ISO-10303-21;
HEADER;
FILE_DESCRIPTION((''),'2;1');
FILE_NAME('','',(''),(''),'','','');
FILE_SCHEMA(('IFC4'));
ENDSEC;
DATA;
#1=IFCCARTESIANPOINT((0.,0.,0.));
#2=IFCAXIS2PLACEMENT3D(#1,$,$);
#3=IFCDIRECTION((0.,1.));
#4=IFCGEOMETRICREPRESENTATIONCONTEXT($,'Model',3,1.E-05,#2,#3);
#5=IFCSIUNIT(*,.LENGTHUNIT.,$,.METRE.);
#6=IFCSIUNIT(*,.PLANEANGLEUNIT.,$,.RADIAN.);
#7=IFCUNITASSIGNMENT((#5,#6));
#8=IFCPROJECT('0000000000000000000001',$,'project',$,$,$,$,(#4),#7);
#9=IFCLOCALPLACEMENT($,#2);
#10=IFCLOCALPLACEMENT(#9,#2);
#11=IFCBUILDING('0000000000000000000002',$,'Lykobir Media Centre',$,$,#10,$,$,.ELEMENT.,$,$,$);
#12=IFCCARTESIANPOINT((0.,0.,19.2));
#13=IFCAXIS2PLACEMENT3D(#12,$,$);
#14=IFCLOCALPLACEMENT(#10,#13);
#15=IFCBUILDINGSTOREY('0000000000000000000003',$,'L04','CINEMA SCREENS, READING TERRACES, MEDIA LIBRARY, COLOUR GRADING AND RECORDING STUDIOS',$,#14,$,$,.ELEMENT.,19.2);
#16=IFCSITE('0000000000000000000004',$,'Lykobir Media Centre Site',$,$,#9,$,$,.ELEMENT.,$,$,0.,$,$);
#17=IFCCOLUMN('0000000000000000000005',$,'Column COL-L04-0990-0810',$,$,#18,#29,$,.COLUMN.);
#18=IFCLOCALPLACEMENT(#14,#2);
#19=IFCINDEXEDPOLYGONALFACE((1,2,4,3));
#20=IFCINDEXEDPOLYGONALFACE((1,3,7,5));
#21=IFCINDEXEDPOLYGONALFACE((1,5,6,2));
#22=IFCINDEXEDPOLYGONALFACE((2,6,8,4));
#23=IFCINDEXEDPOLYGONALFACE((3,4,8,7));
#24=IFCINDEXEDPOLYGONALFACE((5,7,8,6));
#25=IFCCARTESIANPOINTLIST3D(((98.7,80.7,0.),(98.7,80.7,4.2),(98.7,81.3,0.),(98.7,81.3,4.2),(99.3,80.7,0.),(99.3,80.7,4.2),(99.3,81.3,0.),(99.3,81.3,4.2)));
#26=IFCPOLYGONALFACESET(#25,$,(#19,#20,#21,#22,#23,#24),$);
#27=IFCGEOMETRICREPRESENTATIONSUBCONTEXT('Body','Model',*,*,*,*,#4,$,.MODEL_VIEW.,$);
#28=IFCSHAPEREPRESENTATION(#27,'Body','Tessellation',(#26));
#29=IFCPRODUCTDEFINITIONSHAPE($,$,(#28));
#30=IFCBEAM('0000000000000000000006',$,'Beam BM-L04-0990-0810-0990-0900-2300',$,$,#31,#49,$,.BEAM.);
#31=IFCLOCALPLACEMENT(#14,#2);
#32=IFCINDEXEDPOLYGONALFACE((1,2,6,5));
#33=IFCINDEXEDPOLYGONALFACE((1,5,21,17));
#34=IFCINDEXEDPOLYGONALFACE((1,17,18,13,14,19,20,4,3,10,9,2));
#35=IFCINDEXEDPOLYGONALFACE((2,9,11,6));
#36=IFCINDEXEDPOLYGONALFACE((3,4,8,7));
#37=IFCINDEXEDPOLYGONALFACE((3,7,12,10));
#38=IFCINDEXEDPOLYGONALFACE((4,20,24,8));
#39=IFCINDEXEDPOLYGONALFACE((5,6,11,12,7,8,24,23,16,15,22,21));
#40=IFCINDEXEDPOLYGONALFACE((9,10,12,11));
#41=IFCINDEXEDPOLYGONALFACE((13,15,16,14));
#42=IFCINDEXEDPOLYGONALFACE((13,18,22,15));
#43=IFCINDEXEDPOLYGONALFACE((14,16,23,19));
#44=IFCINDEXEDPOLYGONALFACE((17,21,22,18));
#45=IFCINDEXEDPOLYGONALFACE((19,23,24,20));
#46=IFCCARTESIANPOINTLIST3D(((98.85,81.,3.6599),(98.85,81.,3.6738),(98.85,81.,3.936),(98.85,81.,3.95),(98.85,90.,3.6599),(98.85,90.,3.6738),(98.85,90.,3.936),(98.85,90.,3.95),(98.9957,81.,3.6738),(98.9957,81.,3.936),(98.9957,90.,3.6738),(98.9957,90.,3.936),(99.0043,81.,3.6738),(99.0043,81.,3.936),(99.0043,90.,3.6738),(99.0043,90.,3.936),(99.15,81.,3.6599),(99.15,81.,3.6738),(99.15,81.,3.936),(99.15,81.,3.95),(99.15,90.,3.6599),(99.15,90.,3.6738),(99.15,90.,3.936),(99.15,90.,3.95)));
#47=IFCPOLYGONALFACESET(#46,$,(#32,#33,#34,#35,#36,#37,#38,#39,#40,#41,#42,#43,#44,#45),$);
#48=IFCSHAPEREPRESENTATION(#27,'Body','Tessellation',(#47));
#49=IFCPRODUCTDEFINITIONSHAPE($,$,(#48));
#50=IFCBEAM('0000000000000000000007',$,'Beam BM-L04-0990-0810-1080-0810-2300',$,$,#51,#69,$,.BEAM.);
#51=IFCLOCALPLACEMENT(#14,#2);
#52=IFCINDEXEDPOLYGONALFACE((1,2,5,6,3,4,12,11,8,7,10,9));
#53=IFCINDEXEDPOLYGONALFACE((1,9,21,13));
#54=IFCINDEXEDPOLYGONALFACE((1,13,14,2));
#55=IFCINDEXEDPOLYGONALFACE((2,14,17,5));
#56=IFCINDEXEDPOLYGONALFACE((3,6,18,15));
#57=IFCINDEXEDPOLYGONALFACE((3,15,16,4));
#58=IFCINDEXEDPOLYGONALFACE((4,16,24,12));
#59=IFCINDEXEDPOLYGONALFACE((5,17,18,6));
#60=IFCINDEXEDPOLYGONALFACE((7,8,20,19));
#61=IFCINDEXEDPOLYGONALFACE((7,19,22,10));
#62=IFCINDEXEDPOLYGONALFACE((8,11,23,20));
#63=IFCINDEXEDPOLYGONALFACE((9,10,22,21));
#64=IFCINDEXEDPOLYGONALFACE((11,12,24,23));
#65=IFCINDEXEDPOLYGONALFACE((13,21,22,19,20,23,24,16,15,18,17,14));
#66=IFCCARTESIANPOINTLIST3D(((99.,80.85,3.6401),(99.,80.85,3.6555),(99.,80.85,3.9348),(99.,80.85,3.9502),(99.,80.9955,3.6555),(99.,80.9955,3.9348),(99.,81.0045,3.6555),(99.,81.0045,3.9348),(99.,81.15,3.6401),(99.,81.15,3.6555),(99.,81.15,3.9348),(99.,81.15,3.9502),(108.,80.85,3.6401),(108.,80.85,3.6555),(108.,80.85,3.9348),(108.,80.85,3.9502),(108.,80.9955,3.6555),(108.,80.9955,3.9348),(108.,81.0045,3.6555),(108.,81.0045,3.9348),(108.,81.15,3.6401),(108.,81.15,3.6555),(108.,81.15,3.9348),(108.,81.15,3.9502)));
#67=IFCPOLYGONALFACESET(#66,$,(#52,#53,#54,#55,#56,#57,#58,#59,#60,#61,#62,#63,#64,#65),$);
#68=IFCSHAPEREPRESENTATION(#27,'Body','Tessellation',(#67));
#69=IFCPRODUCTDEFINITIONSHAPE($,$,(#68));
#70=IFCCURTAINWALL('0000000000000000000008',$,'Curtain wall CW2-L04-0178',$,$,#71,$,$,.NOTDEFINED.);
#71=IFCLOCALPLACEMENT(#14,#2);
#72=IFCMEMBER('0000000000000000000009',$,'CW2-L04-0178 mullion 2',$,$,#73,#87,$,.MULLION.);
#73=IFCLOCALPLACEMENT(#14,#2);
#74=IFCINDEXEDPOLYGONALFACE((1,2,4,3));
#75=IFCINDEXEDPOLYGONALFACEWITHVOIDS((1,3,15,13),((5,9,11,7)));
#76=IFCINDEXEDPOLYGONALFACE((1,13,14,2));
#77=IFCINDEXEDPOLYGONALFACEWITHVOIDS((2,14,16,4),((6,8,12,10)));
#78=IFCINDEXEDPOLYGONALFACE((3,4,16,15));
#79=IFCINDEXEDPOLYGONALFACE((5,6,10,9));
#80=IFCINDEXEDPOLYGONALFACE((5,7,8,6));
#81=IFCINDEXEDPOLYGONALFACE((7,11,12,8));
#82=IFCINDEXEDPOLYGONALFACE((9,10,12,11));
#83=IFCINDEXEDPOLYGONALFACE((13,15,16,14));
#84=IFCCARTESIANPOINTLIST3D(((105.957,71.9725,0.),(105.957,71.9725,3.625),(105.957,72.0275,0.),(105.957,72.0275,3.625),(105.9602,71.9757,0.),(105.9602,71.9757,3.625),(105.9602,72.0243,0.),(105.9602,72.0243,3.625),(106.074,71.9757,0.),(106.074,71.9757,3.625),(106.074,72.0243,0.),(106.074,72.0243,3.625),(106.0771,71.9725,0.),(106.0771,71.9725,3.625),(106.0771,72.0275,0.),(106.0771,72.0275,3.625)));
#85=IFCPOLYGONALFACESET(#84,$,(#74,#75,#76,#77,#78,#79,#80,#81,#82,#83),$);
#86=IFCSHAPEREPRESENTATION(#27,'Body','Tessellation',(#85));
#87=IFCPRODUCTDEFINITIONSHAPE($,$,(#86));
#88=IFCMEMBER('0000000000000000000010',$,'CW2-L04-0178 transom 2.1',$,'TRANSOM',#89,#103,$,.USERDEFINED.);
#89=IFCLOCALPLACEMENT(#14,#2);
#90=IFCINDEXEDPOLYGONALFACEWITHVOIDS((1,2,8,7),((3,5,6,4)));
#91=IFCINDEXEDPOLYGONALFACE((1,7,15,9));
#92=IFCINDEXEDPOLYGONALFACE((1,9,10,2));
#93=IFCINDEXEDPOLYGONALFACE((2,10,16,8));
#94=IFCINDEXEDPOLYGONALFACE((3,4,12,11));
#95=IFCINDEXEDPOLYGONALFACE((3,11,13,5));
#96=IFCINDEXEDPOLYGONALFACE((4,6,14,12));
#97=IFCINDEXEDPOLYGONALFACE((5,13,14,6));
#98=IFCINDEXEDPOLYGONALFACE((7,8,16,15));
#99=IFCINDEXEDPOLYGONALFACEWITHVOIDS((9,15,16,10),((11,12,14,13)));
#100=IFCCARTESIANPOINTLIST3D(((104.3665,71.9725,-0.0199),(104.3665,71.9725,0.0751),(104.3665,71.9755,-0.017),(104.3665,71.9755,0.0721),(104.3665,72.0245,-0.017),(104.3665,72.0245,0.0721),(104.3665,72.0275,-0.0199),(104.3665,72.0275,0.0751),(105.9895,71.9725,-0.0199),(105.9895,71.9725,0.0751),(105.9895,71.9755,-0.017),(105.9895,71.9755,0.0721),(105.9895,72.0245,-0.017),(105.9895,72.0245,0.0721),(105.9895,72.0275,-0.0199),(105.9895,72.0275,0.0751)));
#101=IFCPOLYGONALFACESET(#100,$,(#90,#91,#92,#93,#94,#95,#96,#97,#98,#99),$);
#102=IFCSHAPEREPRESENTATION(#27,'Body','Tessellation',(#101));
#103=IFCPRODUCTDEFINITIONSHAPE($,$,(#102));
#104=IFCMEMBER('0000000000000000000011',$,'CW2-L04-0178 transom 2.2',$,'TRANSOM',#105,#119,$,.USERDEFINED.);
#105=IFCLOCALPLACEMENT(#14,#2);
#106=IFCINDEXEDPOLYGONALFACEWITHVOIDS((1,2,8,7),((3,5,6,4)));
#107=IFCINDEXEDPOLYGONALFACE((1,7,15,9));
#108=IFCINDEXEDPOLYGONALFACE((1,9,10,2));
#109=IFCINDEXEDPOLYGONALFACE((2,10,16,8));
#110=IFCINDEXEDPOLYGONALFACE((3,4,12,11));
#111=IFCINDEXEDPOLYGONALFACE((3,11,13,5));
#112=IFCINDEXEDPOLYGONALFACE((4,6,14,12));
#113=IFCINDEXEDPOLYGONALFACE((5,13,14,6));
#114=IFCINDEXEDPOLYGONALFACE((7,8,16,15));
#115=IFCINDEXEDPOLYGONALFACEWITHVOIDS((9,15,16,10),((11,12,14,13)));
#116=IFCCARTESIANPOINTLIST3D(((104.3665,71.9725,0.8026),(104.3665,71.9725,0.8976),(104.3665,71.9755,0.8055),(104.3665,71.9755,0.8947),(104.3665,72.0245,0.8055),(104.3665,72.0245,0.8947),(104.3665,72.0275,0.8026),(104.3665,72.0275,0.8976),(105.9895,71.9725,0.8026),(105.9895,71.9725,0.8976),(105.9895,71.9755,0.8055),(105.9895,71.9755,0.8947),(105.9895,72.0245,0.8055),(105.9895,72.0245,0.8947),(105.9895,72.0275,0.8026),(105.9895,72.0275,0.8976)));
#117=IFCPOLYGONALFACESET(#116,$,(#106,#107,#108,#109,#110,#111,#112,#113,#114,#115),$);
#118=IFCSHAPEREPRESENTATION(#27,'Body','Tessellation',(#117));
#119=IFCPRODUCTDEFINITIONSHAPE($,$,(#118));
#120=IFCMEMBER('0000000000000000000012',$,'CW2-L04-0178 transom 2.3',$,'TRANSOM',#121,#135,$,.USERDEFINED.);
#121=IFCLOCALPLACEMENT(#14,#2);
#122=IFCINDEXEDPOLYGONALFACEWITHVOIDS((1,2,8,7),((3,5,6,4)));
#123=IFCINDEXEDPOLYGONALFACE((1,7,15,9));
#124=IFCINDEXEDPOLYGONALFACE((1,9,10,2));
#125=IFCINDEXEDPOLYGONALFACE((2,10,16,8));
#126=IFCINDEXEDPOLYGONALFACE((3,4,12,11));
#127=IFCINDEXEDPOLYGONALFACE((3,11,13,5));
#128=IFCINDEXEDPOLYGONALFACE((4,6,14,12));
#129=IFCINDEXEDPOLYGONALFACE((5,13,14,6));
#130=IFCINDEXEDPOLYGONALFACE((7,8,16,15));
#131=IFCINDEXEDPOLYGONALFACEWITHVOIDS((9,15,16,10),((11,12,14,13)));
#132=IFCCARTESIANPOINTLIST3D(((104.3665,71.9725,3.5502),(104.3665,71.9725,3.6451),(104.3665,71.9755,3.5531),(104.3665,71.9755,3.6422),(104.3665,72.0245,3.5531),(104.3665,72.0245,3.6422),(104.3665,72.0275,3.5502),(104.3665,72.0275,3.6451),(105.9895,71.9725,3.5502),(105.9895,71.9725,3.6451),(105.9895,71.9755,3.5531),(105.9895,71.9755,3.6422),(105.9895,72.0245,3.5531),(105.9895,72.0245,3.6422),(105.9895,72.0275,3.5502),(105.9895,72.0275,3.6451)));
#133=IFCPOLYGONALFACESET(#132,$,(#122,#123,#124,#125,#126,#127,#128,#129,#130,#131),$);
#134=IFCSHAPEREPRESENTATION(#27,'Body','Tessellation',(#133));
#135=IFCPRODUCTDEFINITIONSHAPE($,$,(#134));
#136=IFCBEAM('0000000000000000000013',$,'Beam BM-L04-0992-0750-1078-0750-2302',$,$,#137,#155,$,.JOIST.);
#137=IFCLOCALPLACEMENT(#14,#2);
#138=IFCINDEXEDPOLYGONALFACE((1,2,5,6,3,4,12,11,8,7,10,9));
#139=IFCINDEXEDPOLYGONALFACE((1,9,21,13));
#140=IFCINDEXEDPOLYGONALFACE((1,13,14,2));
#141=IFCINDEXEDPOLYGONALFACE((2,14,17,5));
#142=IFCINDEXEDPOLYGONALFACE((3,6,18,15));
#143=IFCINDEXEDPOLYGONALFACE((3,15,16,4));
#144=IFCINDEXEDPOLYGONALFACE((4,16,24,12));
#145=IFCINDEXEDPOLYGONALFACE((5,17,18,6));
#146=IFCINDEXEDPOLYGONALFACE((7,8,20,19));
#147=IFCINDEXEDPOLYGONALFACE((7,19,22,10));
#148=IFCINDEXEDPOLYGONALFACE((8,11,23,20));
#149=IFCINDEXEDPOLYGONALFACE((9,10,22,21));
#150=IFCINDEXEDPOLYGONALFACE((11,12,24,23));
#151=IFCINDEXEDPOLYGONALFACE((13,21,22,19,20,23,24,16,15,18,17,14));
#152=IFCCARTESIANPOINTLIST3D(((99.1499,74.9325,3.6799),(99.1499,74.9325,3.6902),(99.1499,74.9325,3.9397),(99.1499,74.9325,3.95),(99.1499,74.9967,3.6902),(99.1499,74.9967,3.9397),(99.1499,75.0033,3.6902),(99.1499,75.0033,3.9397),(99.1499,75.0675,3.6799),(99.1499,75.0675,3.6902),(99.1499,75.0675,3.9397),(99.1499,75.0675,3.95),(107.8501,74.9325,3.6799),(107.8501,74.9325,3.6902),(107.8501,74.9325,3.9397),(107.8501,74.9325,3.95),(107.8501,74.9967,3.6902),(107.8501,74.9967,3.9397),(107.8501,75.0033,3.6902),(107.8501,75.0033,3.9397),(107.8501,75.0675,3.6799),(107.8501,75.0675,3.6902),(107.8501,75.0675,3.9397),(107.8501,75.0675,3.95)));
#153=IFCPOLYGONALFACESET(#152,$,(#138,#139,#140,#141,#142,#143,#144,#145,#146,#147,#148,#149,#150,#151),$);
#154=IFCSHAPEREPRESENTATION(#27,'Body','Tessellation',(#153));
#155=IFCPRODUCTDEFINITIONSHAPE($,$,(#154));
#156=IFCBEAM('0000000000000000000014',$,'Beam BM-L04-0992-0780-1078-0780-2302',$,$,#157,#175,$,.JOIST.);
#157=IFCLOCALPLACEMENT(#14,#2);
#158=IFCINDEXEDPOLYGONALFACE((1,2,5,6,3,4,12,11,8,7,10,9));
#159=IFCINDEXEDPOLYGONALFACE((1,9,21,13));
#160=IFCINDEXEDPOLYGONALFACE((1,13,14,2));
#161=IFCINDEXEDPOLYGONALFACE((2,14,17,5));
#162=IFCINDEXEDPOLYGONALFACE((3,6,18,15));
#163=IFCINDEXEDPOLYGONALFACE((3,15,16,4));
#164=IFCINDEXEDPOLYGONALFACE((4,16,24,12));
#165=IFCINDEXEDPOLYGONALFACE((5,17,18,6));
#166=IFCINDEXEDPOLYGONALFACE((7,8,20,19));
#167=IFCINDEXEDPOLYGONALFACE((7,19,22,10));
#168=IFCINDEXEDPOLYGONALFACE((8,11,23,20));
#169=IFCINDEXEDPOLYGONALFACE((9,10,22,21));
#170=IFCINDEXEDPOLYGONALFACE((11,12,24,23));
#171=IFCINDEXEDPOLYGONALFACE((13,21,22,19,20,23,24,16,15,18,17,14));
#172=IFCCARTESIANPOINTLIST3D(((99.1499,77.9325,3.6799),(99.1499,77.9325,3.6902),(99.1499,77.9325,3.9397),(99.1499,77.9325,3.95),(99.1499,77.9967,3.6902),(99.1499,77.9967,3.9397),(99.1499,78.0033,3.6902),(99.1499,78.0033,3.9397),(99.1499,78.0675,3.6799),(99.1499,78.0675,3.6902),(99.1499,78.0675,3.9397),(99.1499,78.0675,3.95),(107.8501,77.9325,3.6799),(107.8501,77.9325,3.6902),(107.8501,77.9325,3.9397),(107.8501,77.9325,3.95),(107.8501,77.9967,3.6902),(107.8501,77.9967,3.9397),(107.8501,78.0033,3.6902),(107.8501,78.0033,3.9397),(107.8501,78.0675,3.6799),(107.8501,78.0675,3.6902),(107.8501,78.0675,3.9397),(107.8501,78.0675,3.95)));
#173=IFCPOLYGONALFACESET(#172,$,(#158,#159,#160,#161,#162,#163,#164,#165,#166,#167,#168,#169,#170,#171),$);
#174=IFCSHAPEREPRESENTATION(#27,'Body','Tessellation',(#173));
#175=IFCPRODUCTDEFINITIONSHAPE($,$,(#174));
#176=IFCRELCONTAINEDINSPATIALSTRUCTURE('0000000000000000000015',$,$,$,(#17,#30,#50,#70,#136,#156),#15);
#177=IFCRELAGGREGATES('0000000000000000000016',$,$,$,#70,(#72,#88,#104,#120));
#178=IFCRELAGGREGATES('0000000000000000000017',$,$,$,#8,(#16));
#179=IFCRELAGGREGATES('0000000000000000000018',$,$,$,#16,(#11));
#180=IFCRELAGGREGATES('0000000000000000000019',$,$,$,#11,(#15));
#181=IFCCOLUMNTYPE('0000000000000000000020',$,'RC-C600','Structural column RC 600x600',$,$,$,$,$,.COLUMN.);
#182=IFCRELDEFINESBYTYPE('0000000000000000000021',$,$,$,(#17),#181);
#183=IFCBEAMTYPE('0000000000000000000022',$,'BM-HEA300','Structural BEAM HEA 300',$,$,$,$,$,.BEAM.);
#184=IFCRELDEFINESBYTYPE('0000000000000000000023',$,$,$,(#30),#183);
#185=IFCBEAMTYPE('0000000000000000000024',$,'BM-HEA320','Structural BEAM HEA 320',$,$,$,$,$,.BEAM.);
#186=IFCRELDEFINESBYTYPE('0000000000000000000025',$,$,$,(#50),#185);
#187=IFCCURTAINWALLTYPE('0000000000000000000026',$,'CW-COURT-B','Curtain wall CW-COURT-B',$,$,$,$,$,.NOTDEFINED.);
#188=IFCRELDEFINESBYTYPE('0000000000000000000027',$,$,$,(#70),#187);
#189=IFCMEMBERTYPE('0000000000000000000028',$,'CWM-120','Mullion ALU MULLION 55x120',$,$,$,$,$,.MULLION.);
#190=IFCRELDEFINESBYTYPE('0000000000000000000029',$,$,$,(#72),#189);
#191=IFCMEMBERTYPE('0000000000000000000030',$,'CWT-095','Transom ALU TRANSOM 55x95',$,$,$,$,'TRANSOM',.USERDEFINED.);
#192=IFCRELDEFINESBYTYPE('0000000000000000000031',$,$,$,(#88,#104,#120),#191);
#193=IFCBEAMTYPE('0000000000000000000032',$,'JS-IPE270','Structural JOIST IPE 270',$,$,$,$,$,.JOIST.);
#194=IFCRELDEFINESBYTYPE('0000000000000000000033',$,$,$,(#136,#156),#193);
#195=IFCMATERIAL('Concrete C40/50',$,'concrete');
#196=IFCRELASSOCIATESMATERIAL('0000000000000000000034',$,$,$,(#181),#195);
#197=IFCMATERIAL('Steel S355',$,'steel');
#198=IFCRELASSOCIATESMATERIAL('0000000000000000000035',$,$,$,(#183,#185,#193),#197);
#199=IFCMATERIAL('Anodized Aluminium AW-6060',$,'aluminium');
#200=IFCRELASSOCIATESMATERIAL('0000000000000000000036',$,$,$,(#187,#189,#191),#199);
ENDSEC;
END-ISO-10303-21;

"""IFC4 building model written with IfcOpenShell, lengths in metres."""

from ifc_helpers import new_model, si_unit, direction, frame, origin, origin_2d, place, context, subcontext, project, spatial, rectangle, hollow_rectangle, i_section, extrude, material, material_profile, profile_set, type_object, element, aggregate, save


model = new_model("IFC4")

# Units and contexts
model_context = context("Model", 3, precision=1e-05, world=origin(), true_north=direction((0.0, 1.0)))
body_context = subcontext(model_context, "Body", "Model", "MODEL_VIEW")
ifc_project = project(units=[si_unit("LENGTHUNIT", "METRE"), si_unit("PLANEANGLEUNIT", "RADIAN")], contexts=[model_context])

# Site, building, storey
site_placement = place(None, origin())
site = spatial("IfcSite", under=ifc_project, at=site_placement, Name="Lykobir Media Centre Site", CompositionType="ELEMENT", RefElevation=0.0)
building_placement = place(site_placement, origin())
building = spatial("IfcBuilding", under=site, at=building_placement, Name="Lykobir Media Centre", CompositionType="ELEMENT")
storey_placement = place(building_placement, frame((0.0, 0.0, 19.2)))
storey = spatial("IfcBuildingStorey", under=building, at=storey_placement, Name="L04", Description="CINEMA SCREENS, READING TERRACES, MEDIA LIBRARY, COLOUR GRADING AND RECORDING STUDIOS", CompositionType="ELEMENT", Elevation=19.2)

# Column
ifc_material_1 = material(Name="Concrete C40/50", Category="concrete")
ifc_material_profile_1 = material_profile(ifc_material_1, rectangle(XDim=0.6001, YDim=0.6001, at=origin_2d()), Name="RC 600x600")
ifc_profile_set_1 = profile_set([ifc_material_profile_1], Name="Concrete C40/50")
column_type = type_object("IfcColumnType", Name="RC-C600", Description="Structural column RC 600x600", PredefinedType="COLUMN", material=ifc_profile_set_1)
column_placement = place(storey_placement, frame((99.0, 81.0, 0.0), z_axis=(0.0, 0.0, 1.0), x_axis=(1.0, 0.0, 0.0)))
element("IfcColumn", 1, at=column_placement, inside=storey, type_object=column_type, Name="Column COL-L04-0990-0810", PredefinedType="COLUMN", context=body_context, shape_type="SweptSolid", body=[
    extrude(rectangle(XDim=0.6001, YDim=0.6001, at=origin_2d()), origin(), (0.0, 0.0, 1.0), 4.2),
])

# Beams
ifc_material_2 = material(Name="Steel S355", Category="steel")
ifc_material_profile_2 = material_profile(ifc_material_2, i_section(OverallWidth=0.3, OverallDepth=0.29, WebThickness=0.0085, FlangeThickness=0.0139, at=origin_2d()), Name="HEA 300")
ifc_profile_set_2 = profile_set([ifc_material_profile_2], Name="Steel S355")
beam_type_1 = type_object("IfcBeamType", Name="BM-HEA300", Description="Structural BEAM HEA 300", PredefinedType="BEAM", material=ifc_profile_set_2)
beam_1_placement = place(storey_placement, frame((99.0, 81.0, 3.8049), z_axis=(0.0, 1.0, 0.0), x_axis=(-1.0, 0.0, 0.0)))
element("IfcBeam", 2, at=beam_1_placement, inside=storey, type_object=beam_type_1, Name="Beam BM-L04-0990-0810-0990-0900-2300", PredefinedType="BEAM", context=body_context, shape_type="SweptSolid", body=[
    extrude(i_section(OverallWidth=0.3, OverallDepth=0.29, WebThickness=0.0085, FlangeThickness=0.0139, at=origin_2d()), origin(), (0.0, 0.0, 1.0), 9.0),
])
ifc_material_profile_3 = material_profile(ifc_material_2, i_section(OverallWidth=0.3, OverallDepth=0.3101, WebThickness=0.009, FlangeThickness=0.0154, at=origin_2d()), Name="HEA 320")
ifc_profile_set_3 = profile_set([ifc_material_profile_3], Name="Steel S355")
beam_type_2 = type_object("IfcBeamType", Name="BM-HEA320", Description="Structural BEAM HEA 320", PredefinedType="BEAM", material=ifc_profile_set_3)
beam_2_placement = place(storey_placement, frame((99.0, 81.0, 3.7952), z_axis=(1.0, 0.0, 0.0), x_axis=(0.0, 1.0, 0.0)))
element("IfcBeam", 3, at=beam_2_placement, inside=storey, type_object=beam_type_2, Name="Beam BM-L04-0990-0810-1080-0810-2300", PredefinedType="BEAM", context=body_context, shape_type="SweptSolid", body=[
    extrude(i_section(OverallWidth=0.3, OverallDepth=0.3101, WebThickness=0.009, FlangeThickness=0.0154, at=origin_2d()), origin(), (0.0, 0.0, 1.0), 9.0),
])

# Curtain wall, members
ifc_material_3 = material(Name="Anodized Aluminium AW-6060", Category="aluminium")
curtain_wall_type = type_object("IfcCurtainWallType", Name="CW-COURT-B", Description="Curtain wall CW-COURT-B", PredefinedType="NOTDEFINED", material=ifc_material_3)
curtain_wall_placement = place(storey_placement, origin())
curtain_wall = element("IfcCurtainWall", 4, at=curtain_wall_placement, inside=storey, type_object=curtain_wall_type, Name="Curtain wall CW2-L04-0178", PredefinedType="NOTDEFINED")
ifc_material_profile_4 = material_profile(ifc_material_3, hollow_rectangle(XDim=0.0549, YDim=0.1201, WallThickness=0.0032, at=origin_2d()), Name="ALU MULLION 55x120")
ifc_profile_set_4 = profile_set([ifc_material_profile_4], Name="Anodized Aluminium AW-6060")
member_type_1 = type_object("IfcMemberType", Name="CWM-120", Description="Mullion ALU MULLION 55x120", PredefinedType="MULLION", material=ifc_profile_set_4)
member_1_placement = place(storey_placement, frame((106.0171, 72.0, 0.0), z_axis=(0.0, 0.0, 1.0), x_axis=(0.0, -1.0, 0.0)))
member_1 = element("IfcMember", 5, at=member_1_placement, type_object=member_type_1, Name="CW2-L04-0178 mullion 2", PredefinedType="MULLION", context=body_context, shape_type="SweptSolid", body=[
    extrude(hollow_rectangle(XDim=0.0549, YDim=0.1201, WallThickness=0.0032, at=origin_2d()), origin(), (0.0, 0.0, 1.0), 3.625),
])
ifc_material_profile_5 = material_profile(ifc_material_3, hollow_rectangle(XDim=0.0549, YDim=0.095, WallThickness=0.0029, at=origin_2d()), Name="ALU TRANSOM 55x95")
ifc_profile_set_5 = profile_set([ifc_material_profile_5], Name="Anodized Aluminium AW-6060")
member_type_2 = type_object("IfcMemberType", Name="CWT-095", Description="Transom ALU TRANSOM 55x95", ElementType="TRANSOM", PredefinedType="USERDEFINED", material=ifc_profile_set_5)
member_2_placement = place(storey_placement, frame((105.9895, 72.0, 0.0276), z_axis=(-1.0, 0.0, 0.0), x_axis=(0.0, -1.0, 0.0)))
member_2 = element("IfcMember", 6, at=member_2_placement, type_object=member_type_2, Name="CW2-L04-0178 transom 2.1", ObjectType="TRANSOM", PredefinedType="USERDEFINED", context=body_context, shape_type="SweptSolid", body=[
    extrude(hollow_rectangle(XDim=0.0549, YDim=0.095, WallThickness=0.0029, at=origin_2d()), origin(), (0.0, 0.0, 1.0), 1.623),
])
member_3_placement = place(storey_placement, frame((105.9895, 72.0, 0.8501), z_axis=(-1.0, 0.0, 0.0), x_axis=(0.0, -1.0, 0.0)))
member_3 = element("IfcMember", 7, at=member_3_placement, type_object=member_type_2, Name="CW2-L04-0178 transom 2.2", ObjectType="TRANSOM", PredefinedType="USERDEFINED", context=body_context, shape_type="SweptSolid", body=[
    extrude(hollow_rectangle(XDim=0.0549, YDim=0.095, WallThickness=0.0029, at=origin_2d()), origin(), (0.0, 0.0, 1.0), 1.623),
])
member_4_placement = place(storey_placement, frame((105.9895, 72.0, 3.5977), z_axis=(-1.0, 0.0, 0.0), x_axis=(0.0, -1.0, 0.0)))
member_4 = element("IfcMember", 8, at=member_4_placement, type_object=member_type_2, Name="CW2-L04-0178 transom 2.3", ObjectType="TRANSOM", PredefinedType="USERDEFINED", context=body_context, shape_type="SweptSolid", body=[
    extrude(hollow_rectangle(XDim=0.0549, YDim=0.095, WallThickness=0.0029, at=origin_2d()), origin(), (0.0, 0.0, 1.0), 1.623),
])
aggregate(curtain_wall, [member_1, member_2, member_3, member_4])

# Beams
ifc_material_profile_6 = material_profile(ifc_material_2, i_section(OverallWidth=0.135, OverallDepth=0.27, WebThickness=0.0066, FlangeThickness=0.0103, at=origin_2d()), Name="IPE 270")
ifc_profile_set_6 = profile_set([ifc_material_profile_6], Name="Steel S355")
beam_type_3 = type_object("IfcBeamType", Name="JS-IPE270", Description="Structural JOIST IPE 270", PredefinedType="JOIST", material=ifc_profile_set_6)
for number, where, z_axis, x_axis, name in (
    (9, (99.1499, 75.0, 3.8149), (1.0, 0.0, 0.0), (0.0, 1.0, 0.0), "Beam BM-L04-0992-0750-1078-0750-2302"),
    (10, (99.1499, 78.0, 3.8149), (1.0, 0.0, 0.0), (0.0, 1.0, 0.0), "Beam BM-L04-0992-0780-1078-0780-2302"),
):
    element("IfcBeam", number, at=place(storey_placement, frame(where, z_axis=z_axis, x_axis=x_axis)), inside=storey, type_object=beam_type_3, Name=name, PredefinedType="JOIST", context=body_context, shape_type="SweptSolid", body=[
        extrude(i_section(OverallWidth=0.135, OverallDepth=0.27, WebThickness=0.0066, FlangeThickness=0.0103, at=origin_2d()), origin(), (0.0, 0.0, 1.0), 8.7002),
    ])

save(model, "model.ifc")
